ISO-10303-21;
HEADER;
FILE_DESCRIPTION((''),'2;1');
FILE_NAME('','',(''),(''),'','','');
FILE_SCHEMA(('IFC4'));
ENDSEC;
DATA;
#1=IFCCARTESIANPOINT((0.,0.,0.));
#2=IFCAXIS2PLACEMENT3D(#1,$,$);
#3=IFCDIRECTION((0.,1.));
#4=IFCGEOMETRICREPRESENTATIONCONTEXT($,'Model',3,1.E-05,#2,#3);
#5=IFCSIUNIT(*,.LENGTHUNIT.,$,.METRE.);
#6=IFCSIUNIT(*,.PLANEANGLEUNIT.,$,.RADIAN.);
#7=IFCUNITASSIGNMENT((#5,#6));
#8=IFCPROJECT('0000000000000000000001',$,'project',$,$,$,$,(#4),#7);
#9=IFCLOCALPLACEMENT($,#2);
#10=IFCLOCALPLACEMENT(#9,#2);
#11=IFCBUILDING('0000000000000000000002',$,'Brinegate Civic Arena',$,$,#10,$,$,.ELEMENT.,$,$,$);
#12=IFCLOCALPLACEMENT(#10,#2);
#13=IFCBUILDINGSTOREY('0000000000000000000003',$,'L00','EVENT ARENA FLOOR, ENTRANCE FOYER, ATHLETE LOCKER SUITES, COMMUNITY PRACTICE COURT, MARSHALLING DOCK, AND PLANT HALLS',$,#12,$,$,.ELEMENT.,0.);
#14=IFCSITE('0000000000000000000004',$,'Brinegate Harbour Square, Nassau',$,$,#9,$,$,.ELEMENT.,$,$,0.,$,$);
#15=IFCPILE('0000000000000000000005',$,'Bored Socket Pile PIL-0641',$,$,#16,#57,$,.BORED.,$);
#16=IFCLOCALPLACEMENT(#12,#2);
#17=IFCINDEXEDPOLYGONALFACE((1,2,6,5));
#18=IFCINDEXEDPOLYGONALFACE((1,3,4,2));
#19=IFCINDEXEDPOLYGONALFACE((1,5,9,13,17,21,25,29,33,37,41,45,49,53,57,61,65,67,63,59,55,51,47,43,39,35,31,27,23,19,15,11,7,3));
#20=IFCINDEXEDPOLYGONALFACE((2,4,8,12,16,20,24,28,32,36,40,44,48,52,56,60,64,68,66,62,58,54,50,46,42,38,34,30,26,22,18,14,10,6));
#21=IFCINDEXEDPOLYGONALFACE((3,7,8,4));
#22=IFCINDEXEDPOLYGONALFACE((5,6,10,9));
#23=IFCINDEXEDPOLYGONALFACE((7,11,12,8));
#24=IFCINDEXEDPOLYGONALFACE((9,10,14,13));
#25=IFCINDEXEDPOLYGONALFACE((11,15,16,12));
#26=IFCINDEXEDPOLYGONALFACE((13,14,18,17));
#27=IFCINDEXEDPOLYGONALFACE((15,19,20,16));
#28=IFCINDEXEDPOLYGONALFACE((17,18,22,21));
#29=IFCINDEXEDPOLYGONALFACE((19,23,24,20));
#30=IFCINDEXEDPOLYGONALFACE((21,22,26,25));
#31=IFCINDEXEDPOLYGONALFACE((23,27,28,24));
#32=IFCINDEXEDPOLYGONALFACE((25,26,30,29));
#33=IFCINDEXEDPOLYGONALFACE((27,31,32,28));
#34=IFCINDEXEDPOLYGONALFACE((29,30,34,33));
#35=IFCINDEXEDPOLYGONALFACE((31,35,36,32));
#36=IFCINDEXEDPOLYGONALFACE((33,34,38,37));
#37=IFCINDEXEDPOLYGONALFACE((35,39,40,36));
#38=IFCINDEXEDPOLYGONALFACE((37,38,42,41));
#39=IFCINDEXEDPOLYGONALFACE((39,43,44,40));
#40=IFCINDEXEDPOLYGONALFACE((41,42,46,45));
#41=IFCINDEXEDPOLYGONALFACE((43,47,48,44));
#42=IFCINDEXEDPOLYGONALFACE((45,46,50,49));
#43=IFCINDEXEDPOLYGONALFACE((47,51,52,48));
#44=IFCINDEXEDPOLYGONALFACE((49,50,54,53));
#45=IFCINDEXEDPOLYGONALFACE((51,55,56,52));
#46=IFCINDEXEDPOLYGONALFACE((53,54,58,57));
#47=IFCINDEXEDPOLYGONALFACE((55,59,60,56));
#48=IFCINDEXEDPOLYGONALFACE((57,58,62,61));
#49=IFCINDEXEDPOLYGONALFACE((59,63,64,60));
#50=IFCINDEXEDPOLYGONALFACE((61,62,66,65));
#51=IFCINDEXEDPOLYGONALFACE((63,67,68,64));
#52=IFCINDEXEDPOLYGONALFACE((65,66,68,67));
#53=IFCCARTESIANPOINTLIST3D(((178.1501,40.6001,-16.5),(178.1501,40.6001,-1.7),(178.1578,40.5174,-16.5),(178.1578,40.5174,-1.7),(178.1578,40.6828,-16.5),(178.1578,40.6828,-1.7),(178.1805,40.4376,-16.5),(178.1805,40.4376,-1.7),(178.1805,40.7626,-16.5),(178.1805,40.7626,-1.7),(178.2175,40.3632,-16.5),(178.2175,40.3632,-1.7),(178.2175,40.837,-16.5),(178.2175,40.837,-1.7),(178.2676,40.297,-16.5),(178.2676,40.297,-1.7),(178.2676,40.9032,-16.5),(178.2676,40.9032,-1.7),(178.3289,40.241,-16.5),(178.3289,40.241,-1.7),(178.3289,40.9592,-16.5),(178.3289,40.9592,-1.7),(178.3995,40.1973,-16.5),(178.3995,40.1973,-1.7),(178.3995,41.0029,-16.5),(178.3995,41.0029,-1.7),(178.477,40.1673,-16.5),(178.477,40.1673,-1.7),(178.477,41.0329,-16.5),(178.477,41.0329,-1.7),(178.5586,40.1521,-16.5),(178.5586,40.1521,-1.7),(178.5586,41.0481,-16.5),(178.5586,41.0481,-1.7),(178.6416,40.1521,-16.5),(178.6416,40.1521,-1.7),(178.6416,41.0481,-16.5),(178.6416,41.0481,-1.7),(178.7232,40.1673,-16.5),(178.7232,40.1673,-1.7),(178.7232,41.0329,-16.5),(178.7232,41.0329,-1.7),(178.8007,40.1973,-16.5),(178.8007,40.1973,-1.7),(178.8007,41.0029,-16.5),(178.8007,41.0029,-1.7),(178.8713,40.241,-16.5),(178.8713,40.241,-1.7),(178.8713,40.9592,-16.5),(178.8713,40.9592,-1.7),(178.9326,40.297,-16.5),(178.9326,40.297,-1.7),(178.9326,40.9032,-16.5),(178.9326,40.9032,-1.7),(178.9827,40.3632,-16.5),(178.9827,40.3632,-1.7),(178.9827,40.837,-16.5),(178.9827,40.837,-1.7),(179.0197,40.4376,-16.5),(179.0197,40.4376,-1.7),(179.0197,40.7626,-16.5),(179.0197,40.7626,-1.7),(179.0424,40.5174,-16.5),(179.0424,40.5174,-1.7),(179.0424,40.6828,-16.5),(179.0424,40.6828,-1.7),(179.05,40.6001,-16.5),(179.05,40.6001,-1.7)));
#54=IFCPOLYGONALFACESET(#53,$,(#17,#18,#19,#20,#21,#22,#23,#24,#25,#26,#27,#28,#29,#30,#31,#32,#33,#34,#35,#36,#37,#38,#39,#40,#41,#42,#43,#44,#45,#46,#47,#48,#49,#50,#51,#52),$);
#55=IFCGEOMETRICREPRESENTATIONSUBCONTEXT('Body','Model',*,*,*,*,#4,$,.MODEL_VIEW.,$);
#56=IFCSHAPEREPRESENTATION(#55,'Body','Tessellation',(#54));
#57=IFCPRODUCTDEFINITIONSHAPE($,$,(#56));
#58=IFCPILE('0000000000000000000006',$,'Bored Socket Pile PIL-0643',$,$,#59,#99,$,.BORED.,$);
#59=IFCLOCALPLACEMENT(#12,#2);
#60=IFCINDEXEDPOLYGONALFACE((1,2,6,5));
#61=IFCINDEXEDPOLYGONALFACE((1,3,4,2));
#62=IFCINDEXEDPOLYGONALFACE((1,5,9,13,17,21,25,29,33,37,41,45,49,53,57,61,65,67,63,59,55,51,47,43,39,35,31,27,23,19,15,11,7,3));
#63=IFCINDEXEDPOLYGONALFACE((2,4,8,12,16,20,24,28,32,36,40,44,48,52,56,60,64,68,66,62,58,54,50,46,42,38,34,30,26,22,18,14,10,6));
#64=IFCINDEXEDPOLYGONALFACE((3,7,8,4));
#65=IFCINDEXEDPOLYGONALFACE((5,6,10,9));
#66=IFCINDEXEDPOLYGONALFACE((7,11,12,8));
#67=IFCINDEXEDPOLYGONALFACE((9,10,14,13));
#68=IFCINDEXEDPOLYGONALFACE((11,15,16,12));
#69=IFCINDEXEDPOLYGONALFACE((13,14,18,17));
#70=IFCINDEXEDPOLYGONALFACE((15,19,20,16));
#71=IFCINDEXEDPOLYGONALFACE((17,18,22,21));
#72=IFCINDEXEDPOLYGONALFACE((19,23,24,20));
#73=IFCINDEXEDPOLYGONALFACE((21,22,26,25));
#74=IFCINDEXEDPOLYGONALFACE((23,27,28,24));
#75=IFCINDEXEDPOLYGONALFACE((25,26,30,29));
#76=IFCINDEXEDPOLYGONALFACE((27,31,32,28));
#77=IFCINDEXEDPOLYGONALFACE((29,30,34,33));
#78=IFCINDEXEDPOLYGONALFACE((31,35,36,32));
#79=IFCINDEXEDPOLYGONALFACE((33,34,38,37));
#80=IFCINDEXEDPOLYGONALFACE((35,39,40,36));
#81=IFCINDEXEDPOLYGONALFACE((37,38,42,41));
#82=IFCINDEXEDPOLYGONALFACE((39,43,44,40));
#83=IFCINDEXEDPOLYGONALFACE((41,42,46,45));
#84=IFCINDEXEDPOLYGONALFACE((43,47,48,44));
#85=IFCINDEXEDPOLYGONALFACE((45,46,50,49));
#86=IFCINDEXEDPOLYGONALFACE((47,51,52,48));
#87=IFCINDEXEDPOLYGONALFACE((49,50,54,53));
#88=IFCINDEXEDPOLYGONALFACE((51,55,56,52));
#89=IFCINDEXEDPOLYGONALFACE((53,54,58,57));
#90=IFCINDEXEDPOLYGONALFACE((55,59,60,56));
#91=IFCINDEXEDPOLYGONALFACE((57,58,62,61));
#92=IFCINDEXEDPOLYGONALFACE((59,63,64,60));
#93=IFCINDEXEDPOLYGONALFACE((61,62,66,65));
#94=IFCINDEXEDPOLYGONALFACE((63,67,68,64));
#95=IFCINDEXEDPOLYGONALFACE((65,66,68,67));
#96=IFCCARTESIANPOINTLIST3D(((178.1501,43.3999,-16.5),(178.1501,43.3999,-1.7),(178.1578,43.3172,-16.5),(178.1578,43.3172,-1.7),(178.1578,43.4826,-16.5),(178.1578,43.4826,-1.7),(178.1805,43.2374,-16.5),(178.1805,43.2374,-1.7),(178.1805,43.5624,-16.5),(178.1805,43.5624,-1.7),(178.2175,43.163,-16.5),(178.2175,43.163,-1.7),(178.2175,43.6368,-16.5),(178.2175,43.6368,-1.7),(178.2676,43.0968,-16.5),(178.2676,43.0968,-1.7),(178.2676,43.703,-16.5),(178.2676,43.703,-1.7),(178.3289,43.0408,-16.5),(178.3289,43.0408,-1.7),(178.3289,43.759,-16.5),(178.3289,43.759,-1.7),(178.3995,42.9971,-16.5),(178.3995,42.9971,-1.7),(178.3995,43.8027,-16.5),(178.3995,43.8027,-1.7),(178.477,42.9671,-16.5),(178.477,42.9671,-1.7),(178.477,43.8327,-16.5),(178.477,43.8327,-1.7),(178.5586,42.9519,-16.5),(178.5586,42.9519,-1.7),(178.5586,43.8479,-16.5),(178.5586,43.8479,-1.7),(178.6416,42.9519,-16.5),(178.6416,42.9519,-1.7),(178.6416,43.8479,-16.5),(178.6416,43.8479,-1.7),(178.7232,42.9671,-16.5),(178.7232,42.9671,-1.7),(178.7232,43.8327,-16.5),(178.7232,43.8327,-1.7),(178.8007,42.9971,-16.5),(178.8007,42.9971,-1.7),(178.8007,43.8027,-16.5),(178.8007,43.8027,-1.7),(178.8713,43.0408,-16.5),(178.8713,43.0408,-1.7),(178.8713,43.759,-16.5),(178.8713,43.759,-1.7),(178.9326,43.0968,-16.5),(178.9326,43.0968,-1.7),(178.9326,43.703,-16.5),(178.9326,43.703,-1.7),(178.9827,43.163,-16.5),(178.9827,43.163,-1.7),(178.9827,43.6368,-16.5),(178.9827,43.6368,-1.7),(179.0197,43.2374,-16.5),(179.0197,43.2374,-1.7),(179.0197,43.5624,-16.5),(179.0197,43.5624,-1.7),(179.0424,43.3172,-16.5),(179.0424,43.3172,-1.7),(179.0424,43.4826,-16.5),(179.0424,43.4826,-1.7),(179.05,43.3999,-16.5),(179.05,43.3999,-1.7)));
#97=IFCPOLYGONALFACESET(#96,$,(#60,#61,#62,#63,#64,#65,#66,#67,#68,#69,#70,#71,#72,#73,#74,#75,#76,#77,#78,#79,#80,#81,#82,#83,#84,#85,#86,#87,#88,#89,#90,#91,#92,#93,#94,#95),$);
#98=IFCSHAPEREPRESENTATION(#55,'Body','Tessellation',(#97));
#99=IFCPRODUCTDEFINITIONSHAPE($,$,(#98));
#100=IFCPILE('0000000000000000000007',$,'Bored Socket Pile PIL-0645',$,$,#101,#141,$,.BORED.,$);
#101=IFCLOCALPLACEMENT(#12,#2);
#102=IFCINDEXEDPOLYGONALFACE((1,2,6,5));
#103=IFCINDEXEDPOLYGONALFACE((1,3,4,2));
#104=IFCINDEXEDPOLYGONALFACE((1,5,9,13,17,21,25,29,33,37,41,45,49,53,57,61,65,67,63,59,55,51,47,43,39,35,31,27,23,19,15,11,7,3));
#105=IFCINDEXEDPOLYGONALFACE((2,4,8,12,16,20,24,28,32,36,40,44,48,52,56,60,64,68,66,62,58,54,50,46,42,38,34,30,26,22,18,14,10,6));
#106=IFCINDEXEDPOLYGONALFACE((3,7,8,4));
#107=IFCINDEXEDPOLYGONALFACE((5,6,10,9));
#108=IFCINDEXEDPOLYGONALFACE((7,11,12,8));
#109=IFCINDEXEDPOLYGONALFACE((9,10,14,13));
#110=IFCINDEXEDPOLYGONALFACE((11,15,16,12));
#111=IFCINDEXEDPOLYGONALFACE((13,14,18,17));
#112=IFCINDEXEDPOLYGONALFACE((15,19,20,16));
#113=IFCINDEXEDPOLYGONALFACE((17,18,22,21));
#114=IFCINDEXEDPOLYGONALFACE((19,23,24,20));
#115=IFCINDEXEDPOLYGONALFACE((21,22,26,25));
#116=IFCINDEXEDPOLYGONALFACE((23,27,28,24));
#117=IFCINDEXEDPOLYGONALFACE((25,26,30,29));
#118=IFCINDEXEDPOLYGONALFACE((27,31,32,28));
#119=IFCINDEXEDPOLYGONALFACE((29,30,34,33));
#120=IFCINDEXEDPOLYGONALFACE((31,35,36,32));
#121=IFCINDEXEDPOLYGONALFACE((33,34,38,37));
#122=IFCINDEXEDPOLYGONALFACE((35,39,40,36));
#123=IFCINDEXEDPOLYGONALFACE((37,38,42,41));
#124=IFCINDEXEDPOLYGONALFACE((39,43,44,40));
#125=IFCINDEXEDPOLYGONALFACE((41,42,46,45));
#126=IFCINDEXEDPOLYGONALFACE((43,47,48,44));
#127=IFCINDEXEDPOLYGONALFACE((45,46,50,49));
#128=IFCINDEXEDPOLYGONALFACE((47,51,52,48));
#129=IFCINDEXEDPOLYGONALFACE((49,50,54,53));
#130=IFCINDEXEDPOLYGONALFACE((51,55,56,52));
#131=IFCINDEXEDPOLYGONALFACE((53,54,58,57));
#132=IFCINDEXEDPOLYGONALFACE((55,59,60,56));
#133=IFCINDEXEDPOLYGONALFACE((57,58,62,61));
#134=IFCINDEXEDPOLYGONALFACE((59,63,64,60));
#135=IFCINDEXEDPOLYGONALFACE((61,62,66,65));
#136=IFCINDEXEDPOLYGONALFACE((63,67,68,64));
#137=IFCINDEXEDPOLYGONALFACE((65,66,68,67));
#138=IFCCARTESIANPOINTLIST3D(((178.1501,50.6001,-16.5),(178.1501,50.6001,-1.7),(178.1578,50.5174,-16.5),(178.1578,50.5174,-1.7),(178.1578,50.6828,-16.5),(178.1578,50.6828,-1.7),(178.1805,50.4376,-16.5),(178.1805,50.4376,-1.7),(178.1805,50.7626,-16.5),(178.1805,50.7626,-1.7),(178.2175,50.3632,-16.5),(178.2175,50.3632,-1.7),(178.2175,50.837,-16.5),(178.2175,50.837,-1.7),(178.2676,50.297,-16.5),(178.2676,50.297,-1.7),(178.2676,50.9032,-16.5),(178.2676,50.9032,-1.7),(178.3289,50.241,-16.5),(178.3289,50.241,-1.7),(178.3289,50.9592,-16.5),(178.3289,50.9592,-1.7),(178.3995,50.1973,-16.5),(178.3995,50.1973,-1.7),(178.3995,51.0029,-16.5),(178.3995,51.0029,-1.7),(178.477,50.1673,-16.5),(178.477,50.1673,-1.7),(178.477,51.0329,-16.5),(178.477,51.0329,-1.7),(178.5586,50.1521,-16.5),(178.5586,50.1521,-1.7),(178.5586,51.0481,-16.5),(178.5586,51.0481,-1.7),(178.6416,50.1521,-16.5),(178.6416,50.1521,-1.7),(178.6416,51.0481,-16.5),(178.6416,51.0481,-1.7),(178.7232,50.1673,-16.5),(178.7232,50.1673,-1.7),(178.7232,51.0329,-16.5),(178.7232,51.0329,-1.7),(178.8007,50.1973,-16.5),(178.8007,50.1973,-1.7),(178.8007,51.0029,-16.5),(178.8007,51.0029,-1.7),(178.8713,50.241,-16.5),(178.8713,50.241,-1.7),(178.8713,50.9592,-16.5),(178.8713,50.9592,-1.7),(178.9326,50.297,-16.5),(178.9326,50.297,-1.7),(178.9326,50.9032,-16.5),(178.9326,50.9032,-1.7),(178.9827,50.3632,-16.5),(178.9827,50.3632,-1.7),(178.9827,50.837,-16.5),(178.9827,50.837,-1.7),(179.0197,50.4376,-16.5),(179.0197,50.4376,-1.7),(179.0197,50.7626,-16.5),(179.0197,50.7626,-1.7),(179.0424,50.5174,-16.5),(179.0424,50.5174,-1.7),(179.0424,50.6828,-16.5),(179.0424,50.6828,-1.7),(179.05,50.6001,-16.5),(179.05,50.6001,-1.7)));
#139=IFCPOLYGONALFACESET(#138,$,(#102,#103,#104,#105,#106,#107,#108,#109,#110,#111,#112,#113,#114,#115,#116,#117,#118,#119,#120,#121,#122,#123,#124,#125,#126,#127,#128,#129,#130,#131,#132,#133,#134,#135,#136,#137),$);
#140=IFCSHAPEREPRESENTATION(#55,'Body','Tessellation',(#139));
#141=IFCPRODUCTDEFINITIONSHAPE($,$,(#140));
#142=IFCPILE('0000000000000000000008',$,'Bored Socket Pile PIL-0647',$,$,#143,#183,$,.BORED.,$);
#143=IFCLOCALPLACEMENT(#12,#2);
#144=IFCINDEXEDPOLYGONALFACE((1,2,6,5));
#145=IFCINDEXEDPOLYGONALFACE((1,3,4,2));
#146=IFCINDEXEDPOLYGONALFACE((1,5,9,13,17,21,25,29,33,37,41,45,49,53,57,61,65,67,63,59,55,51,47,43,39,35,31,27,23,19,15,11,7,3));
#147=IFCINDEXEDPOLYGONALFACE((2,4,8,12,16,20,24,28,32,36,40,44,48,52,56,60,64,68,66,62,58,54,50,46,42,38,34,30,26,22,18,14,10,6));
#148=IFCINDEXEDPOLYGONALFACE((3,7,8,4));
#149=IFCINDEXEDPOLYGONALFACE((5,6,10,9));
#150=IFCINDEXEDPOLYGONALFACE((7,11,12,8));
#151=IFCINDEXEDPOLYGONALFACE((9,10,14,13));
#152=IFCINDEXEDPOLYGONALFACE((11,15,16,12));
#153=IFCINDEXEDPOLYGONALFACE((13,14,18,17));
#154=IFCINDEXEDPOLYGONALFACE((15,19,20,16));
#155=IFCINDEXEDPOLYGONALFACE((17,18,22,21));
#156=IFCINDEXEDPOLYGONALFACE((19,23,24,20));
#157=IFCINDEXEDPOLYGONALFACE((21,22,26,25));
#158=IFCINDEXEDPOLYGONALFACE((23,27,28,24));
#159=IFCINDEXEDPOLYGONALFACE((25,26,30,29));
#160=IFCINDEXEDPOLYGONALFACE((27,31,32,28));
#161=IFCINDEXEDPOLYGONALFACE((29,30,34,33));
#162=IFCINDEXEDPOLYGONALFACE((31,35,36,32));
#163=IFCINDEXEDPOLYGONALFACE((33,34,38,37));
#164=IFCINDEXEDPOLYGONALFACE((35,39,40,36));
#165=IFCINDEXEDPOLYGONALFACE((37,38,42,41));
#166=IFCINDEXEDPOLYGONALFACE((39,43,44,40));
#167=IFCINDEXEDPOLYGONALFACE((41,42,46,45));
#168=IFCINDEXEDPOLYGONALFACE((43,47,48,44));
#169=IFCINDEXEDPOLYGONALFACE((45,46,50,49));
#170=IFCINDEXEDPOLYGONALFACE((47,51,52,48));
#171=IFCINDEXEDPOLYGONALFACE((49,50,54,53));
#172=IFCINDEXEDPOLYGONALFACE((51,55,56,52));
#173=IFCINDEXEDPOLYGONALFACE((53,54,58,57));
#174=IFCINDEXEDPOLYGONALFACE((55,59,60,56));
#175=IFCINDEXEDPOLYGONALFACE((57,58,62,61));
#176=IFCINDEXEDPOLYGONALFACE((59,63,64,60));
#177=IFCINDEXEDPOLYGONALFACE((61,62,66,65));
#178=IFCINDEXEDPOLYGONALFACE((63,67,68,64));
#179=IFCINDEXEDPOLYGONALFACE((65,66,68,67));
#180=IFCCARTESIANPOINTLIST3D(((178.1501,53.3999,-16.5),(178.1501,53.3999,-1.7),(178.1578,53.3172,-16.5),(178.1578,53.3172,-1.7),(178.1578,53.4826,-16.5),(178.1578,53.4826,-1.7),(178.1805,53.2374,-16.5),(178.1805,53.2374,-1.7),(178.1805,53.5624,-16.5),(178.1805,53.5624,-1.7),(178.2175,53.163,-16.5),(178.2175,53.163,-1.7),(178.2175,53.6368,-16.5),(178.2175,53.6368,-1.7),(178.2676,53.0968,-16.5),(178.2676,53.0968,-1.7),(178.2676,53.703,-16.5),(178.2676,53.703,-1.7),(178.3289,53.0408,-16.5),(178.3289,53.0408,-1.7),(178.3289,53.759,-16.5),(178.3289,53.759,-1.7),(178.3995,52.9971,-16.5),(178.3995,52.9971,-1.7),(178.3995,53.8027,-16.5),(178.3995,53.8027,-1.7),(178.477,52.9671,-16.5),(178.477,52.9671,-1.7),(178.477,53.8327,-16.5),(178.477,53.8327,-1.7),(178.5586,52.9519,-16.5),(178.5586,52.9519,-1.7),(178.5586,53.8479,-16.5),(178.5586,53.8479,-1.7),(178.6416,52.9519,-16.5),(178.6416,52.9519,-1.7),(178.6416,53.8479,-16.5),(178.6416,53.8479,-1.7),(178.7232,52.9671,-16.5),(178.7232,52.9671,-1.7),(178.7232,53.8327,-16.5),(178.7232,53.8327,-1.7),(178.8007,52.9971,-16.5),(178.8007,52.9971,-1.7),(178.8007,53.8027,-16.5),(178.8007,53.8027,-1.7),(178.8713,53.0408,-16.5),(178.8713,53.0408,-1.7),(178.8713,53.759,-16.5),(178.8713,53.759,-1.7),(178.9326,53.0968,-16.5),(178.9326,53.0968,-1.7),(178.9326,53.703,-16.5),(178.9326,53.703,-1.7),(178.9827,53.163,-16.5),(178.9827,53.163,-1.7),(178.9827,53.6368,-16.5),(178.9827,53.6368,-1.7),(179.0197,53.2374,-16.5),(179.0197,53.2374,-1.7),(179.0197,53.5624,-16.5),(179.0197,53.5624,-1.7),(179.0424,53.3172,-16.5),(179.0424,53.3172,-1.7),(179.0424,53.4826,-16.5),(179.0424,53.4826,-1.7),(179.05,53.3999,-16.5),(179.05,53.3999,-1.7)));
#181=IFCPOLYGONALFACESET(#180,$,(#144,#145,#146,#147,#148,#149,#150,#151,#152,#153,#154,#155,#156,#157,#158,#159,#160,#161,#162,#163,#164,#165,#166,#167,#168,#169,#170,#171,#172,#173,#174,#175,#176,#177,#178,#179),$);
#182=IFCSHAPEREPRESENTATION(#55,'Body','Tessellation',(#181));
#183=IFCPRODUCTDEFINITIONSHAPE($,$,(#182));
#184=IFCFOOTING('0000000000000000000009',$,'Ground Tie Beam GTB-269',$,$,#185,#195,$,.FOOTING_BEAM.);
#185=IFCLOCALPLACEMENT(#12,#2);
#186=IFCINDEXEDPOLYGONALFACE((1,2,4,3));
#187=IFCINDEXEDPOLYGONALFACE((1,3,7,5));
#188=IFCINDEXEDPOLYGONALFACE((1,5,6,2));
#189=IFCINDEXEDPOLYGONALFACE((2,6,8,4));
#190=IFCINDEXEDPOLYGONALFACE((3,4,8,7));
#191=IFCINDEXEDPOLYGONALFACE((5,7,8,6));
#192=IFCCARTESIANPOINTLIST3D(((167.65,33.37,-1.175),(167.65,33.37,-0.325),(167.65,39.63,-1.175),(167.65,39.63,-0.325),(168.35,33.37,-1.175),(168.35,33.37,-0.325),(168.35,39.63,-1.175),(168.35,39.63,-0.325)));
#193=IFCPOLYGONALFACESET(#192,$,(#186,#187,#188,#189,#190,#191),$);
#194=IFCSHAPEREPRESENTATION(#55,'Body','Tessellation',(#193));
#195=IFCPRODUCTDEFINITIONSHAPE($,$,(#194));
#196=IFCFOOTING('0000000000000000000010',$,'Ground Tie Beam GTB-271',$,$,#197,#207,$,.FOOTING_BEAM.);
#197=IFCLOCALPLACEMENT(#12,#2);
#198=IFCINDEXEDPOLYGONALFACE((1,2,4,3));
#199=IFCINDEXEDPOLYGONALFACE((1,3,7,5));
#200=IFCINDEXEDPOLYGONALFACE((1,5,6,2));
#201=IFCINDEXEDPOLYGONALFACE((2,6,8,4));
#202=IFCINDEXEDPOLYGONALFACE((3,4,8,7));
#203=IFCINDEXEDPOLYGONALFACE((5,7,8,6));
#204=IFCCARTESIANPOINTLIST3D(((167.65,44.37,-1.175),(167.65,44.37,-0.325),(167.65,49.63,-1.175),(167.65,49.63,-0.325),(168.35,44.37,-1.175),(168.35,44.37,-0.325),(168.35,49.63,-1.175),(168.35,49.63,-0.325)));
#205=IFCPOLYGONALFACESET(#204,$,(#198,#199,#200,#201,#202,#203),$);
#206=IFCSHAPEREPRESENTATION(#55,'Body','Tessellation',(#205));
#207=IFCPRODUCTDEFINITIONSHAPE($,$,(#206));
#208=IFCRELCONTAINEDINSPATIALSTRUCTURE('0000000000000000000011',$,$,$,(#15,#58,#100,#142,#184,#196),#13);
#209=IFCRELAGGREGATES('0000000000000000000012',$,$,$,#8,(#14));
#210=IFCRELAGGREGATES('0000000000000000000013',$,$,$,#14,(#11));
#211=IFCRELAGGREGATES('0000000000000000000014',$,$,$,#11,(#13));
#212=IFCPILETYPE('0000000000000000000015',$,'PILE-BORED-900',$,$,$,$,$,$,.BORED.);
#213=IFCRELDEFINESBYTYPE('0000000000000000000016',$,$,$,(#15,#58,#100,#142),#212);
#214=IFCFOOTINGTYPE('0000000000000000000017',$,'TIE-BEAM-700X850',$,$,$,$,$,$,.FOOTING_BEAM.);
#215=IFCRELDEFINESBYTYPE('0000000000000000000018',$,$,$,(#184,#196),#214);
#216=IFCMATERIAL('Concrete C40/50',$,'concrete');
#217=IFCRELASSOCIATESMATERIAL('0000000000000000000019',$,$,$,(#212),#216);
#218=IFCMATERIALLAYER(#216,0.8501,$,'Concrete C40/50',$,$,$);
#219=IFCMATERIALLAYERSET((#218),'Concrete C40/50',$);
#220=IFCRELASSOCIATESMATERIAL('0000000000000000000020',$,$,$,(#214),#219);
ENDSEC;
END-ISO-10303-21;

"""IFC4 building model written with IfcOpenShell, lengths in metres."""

from ifc_helpers import new_model, si_unit, direction, frame, origin, origin_2d, place, context, subcontext, project, spatial, rectangle, circle, extrude, material, layer, layer_set, material_profile, profile_set, type_object, element, save


model = new_model("IFC4")

# Units and contexts
model_context = context("Model", 3, precision=1e-05, world=origin(), true_north=direction((0.0, 1.0)))
body_context = subcontext(model_context, "Body", "Model", "MODEL_VIEW")
ifc_project = project(units=[si_unit("LENGTHUNIT", "METRE"), si_unit("PLANEANGLEUNIT", "RADIAN")], contexts=[model_context])

# Site, building, storey
site_placement = place(None, origin())
site = spatial("IfcSite", under=ifc_project, at=site_placement, Name="Brinegate Harbour Square, Nassau", CompositionType="ELEMENT", RefElevation=0.0)
building_placement = place(site_placement, origin())
building = spatial("IfcBuilding", under=site, at=building_placement, Name="Brinegate Civic Arena", CompositionType="ELEMENT")
storey_placement = place(building_placement, origin())
storey = spatial("IfcBuildingStorey", under=building, at=storey_placement, Name="L00", Description="EVENT ARENA FLOOR, ENTRANCE FOYER, ATHLETE LOCKER SUITES, COMMUNITY PRACTICE COURT, MARSHALLING DOCK, AND PLANT HALLS", CompositionType="ELEMENT", Elevation=0.0)

# Shared definitions
ifc_material_1 = material(Name="Concrete C40/50", Category="concrete")

# Piles
ifc_material_profile_1 = material_profile(ifc_material_1, circle(Radius=0.45, at=origin_2d()), Name="PILED900")
ifc_profile_set_1 = profile_set([ifc_material_profile_1], Name="Concrete C40/50")
pile_type_1 = type_object("IfcPileType", Name="PILE-BORED-900", PredefinedType="BORED", material=ifc_profile_set_1)
for number, where, z_axis, x_axis, name in (
    (1, (178.6001, 40.6001, -1.7), (0.0, 0.0, -1.0), (1.0, 0.0, 0.0), "Bored Socket Pile PIL-0641"),
    (2, (178.6001, 43.3999, -1.7), (0.0, 0.0, -1.0), (1.0, 0.0, 0.0), "Bored Socket Pile PIL-0643"),
    (3, (178.6001, 50.6001, -1.7), (0.0, 0.0, -1.0), (1.0, 0.0, 0.0), "Bored Socket Pile PIL-0645"),
    (4, (178.6001, 53.3999, -1.7), (0.0, 0.0, -1.0), (1.0, 0.0, 0.0), "Bored Socket Pile PIL-0647"),
):
    element("IfcPile", number, at=place(storey_placement, frame(where, z_axis=z_axis, x_axis=x_axis)), inside=storey, type_object=pile_type_1, Name=name, PredefinedType="BORED", context=body_context, shape_type="SweptSolid", body=[
        extrude(circle(Radius=0.45, at=origin_2d()), origin(), (0.0, 0.0, 1.0), 14.8),
    ])

# Footings
ifc_layer_1 = layer(ifc_material_1, 0.8501, Name="Concrete C40/50")
ifc_layer_set_1 = layer_set([ifc_layer_1], Name="Concrete C40/50")
footing_type_1 = type_object("IfcFootingType", Name="TIE-BEAM-700X850", PredefinedType="FOOTING_BEAM", material=ifc_layer_set_1)
footing_1_placement = place(storey_placement, frame((168.0, 36.5, -1.175), z_axis=(0.0, 0.0, 1.0), x_axis=(0.0, 1.0, 0.0)))
element("IfcFooting", 5, at=footing_1_placement, inside=storey, type_object=footing_type_1, Name="Ground Tie Beam GTB-269", PredefinedType="FOOTING_BEAM", context=body_context, shape_type="SweptSolid", body=[
    extrude(rectangle(XDim=6.26, YDim=0.7, at=origin_2d()), origin(), (0.0, 0.0, 1.0), 0.8501),
])
footing_2_placement = place(storey_placement, frame((168.0, 47.0, -1.175), z_axis=(0.0, 0.0, 1.0), x_axis=(0.0, 1.0, 0.0)))
element("IfcFooting", 6, at=footing_2_placement, inside=storey, type_object=footing_type_1, Name="Ground Tie Beam GTB-271", PredefinedType="FOOTING_BEAM", context=body_context, shape_type="SweptSolid", body=[
    extrude(rectangle(XDim=5.26, YDim=0.7, at=origin_2d()), origin(), (0.0, 0.0, 1.0), 0.8501),
])

save(model, "model.ifc")
